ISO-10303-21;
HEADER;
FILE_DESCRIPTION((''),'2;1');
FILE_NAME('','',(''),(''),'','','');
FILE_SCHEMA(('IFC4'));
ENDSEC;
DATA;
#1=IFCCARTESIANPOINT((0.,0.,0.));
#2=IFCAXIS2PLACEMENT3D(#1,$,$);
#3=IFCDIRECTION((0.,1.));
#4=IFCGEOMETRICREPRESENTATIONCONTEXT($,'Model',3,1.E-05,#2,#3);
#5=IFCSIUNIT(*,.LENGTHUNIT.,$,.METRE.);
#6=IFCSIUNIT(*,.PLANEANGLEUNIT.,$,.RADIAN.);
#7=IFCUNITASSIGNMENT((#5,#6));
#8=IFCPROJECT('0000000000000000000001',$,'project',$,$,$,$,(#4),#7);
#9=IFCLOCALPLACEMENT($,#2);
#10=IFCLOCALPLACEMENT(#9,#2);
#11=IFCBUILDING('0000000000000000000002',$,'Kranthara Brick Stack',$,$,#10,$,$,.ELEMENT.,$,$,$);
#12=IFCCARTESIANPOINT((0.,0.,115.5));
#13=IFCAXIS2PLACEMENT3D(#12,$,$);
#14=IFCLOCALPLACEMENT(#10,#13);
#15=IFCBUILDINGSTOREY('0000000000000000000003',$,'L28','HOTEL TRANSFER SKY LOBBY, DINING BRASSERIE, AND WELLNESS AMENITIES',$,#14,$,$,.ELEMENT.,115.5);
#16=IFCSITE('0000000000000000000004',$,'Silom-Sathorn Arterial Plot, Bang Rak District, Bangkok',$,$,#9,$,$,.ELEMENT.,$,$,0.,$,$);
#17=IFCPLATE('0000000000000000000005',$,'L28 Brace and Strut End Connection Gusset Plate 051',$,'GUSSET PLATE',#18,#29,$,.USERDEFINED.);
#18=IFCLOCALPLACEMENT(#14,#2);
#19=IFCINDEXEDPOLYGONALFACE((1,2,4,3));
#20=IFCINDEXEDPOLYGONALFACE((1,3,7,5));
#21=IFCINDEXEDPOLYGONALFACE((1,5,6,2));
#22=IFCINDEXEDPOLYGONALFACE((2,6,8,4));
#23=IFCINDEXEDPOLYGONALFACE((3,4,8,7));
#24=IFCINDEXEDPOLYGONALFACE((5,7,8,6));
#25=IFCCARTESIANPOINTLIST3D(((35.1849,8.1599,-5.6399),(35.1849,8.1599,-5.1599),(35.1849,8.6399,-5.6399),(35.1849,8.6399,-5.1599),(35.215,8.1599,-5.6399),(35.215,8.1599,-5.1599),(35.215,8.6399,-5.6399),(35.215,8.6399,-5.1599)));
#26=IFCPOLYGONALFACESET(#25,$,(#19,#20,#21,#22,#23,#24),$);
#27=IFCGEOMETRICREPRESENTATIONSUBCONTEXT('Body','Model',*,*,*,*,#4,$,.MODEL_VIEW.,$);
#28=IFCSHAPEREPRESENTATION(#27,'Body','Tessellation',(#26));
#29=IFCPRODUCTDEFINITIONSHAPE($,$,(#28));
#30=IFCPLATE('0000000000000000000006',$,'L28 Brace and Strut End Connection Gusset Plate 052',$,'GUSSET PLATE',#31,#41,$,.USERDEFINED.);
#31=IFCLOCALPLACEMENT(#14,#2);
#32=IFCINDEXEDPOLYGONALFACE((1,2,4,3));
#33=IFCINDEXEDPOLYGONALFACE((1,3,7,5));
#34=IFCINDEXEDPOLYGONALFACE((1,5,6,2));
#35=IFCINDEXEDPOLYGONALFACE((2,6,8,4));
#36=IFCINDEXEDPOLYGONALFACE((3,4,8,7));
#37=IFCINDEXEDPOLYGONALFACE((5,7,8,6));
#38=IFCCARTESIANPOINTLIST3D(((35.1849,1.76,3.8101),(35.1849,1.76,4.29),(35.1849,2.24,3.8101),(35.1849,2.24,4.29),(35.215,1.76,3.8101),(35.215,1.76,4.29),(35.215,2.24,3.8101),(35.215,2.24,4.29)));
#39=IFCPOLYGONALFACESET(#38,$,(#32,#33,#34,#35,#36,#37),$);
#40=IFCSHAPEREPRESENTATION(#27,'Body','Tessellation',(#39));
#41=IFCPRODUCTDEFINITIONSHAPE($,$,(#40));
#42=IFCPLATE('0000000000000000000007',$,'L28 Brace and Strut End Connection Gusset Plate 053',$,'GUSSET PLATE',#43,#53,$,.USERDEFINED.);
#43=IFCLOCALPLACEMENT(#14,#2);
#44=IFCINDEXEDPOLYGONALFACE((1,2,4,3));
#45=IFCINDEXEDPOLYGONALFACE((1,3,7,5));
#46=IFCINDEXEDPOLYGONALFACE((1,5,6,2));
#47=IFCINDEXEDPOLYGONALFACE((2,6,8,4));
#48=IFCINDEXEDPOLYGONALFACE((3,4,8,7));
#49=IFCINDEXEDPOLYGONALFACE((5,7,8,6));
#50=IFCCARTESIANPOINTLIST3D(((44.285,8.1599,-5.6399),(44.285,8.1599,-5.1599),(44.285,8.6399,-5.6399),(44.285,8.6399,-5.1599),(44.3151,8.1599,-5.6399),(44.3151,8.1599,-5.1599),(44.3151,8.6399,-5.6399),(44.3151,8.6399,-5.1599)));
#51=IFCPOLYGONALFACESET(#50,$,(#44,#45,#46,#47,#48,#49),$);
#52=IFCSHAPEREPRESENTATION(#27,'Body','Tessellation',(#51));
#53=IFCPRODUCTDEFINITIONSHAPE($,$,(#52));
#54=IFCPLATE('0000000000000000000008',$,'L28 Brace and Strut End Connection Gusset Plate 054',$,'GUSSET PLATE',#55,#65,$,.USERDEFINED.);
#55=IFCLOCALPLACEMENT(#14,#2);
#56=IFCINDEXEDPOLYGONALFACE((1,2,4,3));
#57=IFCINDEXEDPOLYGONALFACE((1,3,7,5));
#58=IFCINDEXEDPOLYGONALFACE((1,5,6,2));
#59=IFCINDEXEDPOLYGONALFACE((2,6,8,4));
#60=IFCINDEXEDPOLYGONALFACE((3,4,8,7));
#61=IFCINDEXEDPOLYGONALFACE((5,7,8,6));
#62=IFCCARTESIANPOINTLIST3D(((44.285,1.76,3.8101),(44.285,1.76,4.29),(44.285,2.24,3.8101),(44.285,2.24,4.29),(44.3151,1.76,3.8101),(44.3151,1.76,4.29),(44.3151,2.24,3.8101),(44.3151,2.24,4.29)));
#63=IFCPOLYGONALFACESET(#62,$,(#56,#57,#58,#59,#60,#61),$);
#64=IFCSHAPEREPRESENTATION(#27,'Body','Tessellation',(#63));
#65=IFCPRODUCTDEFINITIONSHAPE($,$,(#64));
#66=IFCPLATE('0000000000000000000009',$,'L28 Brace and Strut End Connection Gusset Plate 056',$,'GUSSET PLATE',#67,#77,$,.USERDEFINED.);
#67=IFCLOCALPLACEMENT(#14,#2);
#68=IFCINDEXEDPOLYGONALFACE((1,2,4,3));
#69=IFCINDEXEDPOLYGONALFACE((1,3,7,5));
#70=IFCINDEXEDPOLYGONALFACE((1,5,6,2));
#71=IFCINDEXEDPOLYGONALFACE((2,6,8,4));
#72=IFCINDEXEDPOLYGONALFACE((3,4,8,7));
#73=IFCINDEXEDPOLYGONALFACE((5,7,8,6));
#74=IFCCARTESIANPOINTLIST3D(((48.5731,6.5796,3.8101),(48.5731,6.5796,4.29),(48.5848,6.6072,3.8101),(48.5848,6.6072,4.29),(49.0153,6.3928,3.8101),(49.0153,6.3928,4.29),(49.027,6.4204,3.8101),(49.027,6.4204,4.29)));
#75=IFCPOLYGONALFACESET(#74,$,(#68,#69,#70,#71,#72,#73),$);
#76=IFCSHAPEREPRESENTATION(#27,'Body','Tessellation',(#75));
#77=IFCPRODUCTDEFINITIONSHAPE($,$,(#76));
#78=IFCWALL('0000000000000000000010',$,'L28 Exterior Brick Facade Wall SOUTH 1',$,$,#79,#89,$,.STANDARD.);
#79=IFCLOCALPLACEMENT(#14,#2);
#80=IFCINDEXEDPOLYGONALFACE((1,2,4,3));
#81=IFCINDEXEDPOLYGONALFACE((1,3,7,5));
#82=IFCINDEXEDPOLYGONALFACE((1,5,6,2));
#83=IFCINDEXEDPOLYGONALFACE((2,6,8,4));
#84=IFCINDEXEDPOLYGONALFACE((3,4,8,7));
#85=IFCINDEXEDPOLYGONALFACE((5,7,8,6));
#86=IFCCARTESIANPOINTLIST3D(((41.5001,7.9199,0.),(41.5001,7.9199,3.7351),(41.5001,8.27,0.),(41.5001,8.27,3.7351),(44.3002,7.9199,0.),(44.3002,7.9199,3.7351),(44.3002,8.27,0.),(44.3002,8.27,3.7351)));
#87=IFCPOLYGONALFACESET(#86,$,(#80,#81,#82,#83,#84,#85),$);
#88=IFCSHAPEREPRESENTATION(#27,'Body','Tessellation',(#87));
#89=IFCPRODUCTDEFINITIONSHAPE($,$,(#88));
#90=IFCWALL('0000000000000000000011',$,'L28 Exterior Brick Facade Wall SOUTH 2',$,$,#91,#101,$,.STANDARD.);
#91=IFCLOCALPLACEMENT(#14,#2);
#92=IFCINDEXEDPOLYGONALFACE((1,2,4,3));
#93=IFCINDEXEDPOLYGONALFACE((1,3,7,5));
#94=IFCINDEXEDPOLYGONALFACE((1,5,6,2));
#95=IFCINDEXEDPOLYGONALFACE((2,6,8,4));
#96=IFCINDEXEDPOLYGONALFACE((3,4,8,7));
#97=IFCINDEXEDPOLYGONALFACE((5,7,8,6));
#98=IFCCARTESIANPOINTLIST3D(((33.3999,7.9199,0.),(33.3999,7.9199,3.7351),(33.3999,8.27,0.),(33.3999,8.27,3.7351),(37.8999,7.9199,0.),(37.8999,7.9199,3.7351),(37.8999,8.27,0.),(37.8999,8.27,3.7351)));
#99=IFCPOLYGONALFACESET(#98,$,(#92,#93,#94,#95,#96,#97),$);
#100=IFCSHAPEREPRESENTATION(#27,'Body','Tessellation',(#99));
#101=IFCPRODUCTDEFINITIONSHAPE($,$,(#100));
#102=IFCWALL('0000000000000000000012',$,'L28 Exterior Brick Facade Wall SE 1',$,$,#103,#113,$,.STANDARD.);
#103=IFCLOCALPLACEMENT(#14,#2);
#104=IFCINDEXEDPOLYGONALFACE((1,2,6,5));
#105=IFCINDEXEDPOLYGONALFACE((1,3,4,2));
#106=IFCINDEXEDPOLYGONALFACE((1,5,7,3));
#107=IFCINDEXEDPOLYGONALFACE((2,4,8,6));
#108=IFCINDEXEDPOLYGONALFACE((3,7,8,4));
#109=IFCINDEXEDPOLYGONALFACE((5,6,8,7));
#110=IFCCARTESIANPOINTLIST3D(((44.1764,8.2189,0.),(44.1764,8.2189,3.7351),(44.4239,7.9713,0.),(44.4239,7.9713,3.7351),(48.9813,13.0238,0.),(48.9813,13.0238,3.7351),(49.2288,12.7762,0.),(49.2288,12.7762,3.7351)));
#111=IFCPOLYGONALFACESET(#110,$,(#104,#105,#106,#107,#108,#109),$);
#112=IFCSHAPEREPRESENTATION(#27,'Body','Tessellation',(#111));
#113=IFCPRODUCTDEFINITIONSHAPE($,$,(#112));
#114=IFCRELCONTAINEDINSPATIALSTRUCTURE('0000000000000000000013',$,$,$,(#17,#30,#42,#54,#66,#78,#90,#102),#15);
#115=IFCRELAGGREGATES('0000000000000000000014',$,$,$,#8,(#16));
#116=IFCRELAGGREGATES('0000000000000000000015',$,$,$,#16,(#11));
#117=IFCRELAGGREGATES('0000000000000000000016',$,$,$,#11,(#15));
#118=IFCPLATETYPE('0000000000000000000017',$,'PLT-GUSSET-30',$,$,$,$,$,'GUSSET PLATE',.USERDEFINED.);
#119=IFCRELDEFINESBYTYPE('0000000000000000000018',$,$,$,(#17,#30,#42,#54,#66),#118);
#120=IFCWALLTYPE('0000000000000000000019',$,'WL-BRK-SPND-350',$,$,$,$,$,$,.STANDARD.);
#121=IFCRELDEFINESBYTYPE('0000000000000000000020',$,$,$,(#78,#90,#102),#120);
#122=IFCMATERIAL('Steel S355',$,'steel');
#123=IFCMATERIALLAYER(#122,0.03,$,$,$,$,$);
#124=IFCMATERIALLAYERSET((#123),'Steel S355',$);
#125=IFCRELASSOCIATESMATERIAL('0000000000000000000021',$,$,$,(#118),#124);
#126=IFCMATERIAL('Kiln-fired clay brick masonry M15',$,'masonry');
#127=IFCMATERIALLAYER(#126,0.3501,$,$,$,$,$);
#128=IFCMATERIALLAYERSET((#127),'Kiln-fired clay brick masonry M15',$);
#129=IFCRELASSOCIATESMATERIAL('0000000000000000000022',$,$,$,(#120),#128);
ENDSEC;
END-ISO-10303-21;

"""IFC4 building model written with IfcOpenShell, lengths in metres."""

from ifc_helpers import new_model, si_unit, direction, frame, frame_2d, origin, origin_2d, place, context, subcontext, project, spatial, rectangle, extrude, material, layer, layer_set, type_object, element, save


model = new_model("IFC4")

# Units and contexts
model_context = context("Model", 3, precision=1e-05, world=origin(), true_north=direction((0.0, 1.0)))
body_context = subcontext(model_context, "Body", "Model", "MODEL_VIEW")
ifc_project = project(units=[si_unit("LENGTHUNIT", "METRE"), si_unit("PLANEANGLEUNIT", "RADIAN")], contexts=[model_context])

# Site, building, storey
site_placement = place(None, origin())
site = spatial("IfcSite", under=ifc_project, at=site_placement, Name="Silom-Sathorn Arterial Plot, Bang Rak District, Bangkok", CompositionType="ELEMENT", RefElevation=0.0)
building_placement = place(site_placement, origin())
building = spatial("IfcBuilding", under=site, at=building_placement, Name="Kranthara Brick Stack", CompositionType="ELEMENT")
storey_placement = place(building_placement, frame((0.0, 0.0, 115.5)))
storey = spatial("IfcBuildingStorey", under=building, at=storey_placement, Name="L28", Description="HOTEL TRANSFER SKY LOBBY, DINING BRASSERIE, AND WELLNESS AMENITIES", CompositionType="ELEMENT", Elevation=115.5)

# Plates
ifc_material_1 = material(Name="Steel S355", Category="steel")
ifc_layer_1 = layer(ifc_material_1, 0.03)
ifc_layer_set_1 = layer_set([ifc_layer_1], Name="Steel S355")
plate_type_1 = type_object("IfcPlateType", Name="PLT-GUSSET-30", ElementType="GUSSET PLATE", PredefinedType="USERDEFINED", material=ifc_layer_set_1)
for number, where, z_axis, x_axis, name in (
    (1, (35.2, 8.3999, -5.6399), (0.0, 0.0, 1.0), (0.0, 1.0, 0.0), "L28 Brace and Strut End Connection Gusset Plate 051"),
    (2, (35.2, 2.0, 3.8101), (0.0, 0.0, 1.0), (0.0, 1.0, 0.0), "L28 Brace and Strut End Connection Gusset Plate 052"),
    (3, (44.3, 8.3999, -5.6399), (0.0, 0.0, 1.0), (0.0, 1.0, 0.0), "L28 Brace and Strut End Connection Gusset Plate 053"),
    (4, (44.3, 2.0, 3.8101), (0.0, 0.0, 1.0), (0.0, 1.0, 0.0), "L28 Brace and Strut End Connection Gusset Plate 054"),
    (5, (48.8, 6.5, 3.8101), (0.0, 0.0, 1.0), (-0.921185, 0.389124, 0.0), "L28 Brace and Strut End Connection Gusset Plate 056"),
):
    element("IfcPlate", number, at=place(storey_placement, frame(where, z_axis=z_axis, x_axis=x_axis)), inside=storey, type_object=plate_type_1, Name=name, ObjectType="GUSSET PLATE", PredefinedType="USERDEFINED", context=body_context, shape_type="SweptSolid", body=[
        extrude(rectangle(XDim=0.48, YDim=0.03, at=origin_2d()), origin(), (0.0, 0.0, 1.0), 0.48),
    ])

# Walls
ifc_material_2 = material(Name="Kiln-fired clay brick masonry M15", Category="masonry")
ifc_layer_2 = layer(ifc_material_2, 0.3501)
ifc_layer_set_2 = layer_set([ifc_layer_2], Name="Kiln-fired clay brick masonry M15")
wall_type = type_object("IfcWallType", Name="WL-BRK-SPND-350", PredefinedType="STANDARD", material=ifc_layer_set_2)
wall_1_placement = place(storey_placement, frame((44.3, 8.095, 0.0), z_axis=(0.0, 0.0, 1.0), x_axis=(-1.0, 0.0, 0.0)))
element("IfcWall", 6, at=wall_1_placement, inside=storey, type_object=wall_type, Name="L28 Exterior Brick Facade Wall SOUTH 1", PredefinedType="STANDARD", context=body_context, shape_type="SweptSolid", body=[
    extrude(rectangle(XDim=2.8, YDim=0.3501, at=frame_2d((1.3999, 0.0))), origin(), (0.0, 0.0, 1.0), 3.7351),
])
wall_2_placement = place(storey_placement, frame((37.8999, 8.095, 0.0), z_axis=(0.0, 0.0, 1.0), x_axis=(-1.0, 0.0, 0.0)))
element("IfcWall", 7, at=wall_2_placement, inside=storey, type_object=wall_type, Name="L28 Exterior Brick Facade Wall SOUTH 2", PredefinedType="STANDARD", context=body_context, shape_type="SweptSolid", body=[
    extrude(rectangle(XDim=4.5, YDim=0.3501, at=frame_2d((2.25, 0.0))), origin(), (0.0, 0.0, 1.0), 3.7351),
])
wall_3_placement = place(storey_placement, frame((49.105, 12.8999, 0.0), z_axis=(0.0, 0.0, 1.0), x_axis=(-0.707107, -0.707107, 0.0)))
element("IfcWall", 8, at=wall_3_placement, inside=storey, type_object=wall_type, Name="L28 Exterior Brick Facade Wall SE 1", PredefinedType="STANDARD", context=body_context, shape_type="SweptSolid", body=[
    extrude(rectangle(XDim=6.7952, YDim=0.3501, at=frame_2d((3.3975, 0.0))), origin(), (0.0, 0.0, 1.0), 3.7351),
])

save(model, "model.ifc")
